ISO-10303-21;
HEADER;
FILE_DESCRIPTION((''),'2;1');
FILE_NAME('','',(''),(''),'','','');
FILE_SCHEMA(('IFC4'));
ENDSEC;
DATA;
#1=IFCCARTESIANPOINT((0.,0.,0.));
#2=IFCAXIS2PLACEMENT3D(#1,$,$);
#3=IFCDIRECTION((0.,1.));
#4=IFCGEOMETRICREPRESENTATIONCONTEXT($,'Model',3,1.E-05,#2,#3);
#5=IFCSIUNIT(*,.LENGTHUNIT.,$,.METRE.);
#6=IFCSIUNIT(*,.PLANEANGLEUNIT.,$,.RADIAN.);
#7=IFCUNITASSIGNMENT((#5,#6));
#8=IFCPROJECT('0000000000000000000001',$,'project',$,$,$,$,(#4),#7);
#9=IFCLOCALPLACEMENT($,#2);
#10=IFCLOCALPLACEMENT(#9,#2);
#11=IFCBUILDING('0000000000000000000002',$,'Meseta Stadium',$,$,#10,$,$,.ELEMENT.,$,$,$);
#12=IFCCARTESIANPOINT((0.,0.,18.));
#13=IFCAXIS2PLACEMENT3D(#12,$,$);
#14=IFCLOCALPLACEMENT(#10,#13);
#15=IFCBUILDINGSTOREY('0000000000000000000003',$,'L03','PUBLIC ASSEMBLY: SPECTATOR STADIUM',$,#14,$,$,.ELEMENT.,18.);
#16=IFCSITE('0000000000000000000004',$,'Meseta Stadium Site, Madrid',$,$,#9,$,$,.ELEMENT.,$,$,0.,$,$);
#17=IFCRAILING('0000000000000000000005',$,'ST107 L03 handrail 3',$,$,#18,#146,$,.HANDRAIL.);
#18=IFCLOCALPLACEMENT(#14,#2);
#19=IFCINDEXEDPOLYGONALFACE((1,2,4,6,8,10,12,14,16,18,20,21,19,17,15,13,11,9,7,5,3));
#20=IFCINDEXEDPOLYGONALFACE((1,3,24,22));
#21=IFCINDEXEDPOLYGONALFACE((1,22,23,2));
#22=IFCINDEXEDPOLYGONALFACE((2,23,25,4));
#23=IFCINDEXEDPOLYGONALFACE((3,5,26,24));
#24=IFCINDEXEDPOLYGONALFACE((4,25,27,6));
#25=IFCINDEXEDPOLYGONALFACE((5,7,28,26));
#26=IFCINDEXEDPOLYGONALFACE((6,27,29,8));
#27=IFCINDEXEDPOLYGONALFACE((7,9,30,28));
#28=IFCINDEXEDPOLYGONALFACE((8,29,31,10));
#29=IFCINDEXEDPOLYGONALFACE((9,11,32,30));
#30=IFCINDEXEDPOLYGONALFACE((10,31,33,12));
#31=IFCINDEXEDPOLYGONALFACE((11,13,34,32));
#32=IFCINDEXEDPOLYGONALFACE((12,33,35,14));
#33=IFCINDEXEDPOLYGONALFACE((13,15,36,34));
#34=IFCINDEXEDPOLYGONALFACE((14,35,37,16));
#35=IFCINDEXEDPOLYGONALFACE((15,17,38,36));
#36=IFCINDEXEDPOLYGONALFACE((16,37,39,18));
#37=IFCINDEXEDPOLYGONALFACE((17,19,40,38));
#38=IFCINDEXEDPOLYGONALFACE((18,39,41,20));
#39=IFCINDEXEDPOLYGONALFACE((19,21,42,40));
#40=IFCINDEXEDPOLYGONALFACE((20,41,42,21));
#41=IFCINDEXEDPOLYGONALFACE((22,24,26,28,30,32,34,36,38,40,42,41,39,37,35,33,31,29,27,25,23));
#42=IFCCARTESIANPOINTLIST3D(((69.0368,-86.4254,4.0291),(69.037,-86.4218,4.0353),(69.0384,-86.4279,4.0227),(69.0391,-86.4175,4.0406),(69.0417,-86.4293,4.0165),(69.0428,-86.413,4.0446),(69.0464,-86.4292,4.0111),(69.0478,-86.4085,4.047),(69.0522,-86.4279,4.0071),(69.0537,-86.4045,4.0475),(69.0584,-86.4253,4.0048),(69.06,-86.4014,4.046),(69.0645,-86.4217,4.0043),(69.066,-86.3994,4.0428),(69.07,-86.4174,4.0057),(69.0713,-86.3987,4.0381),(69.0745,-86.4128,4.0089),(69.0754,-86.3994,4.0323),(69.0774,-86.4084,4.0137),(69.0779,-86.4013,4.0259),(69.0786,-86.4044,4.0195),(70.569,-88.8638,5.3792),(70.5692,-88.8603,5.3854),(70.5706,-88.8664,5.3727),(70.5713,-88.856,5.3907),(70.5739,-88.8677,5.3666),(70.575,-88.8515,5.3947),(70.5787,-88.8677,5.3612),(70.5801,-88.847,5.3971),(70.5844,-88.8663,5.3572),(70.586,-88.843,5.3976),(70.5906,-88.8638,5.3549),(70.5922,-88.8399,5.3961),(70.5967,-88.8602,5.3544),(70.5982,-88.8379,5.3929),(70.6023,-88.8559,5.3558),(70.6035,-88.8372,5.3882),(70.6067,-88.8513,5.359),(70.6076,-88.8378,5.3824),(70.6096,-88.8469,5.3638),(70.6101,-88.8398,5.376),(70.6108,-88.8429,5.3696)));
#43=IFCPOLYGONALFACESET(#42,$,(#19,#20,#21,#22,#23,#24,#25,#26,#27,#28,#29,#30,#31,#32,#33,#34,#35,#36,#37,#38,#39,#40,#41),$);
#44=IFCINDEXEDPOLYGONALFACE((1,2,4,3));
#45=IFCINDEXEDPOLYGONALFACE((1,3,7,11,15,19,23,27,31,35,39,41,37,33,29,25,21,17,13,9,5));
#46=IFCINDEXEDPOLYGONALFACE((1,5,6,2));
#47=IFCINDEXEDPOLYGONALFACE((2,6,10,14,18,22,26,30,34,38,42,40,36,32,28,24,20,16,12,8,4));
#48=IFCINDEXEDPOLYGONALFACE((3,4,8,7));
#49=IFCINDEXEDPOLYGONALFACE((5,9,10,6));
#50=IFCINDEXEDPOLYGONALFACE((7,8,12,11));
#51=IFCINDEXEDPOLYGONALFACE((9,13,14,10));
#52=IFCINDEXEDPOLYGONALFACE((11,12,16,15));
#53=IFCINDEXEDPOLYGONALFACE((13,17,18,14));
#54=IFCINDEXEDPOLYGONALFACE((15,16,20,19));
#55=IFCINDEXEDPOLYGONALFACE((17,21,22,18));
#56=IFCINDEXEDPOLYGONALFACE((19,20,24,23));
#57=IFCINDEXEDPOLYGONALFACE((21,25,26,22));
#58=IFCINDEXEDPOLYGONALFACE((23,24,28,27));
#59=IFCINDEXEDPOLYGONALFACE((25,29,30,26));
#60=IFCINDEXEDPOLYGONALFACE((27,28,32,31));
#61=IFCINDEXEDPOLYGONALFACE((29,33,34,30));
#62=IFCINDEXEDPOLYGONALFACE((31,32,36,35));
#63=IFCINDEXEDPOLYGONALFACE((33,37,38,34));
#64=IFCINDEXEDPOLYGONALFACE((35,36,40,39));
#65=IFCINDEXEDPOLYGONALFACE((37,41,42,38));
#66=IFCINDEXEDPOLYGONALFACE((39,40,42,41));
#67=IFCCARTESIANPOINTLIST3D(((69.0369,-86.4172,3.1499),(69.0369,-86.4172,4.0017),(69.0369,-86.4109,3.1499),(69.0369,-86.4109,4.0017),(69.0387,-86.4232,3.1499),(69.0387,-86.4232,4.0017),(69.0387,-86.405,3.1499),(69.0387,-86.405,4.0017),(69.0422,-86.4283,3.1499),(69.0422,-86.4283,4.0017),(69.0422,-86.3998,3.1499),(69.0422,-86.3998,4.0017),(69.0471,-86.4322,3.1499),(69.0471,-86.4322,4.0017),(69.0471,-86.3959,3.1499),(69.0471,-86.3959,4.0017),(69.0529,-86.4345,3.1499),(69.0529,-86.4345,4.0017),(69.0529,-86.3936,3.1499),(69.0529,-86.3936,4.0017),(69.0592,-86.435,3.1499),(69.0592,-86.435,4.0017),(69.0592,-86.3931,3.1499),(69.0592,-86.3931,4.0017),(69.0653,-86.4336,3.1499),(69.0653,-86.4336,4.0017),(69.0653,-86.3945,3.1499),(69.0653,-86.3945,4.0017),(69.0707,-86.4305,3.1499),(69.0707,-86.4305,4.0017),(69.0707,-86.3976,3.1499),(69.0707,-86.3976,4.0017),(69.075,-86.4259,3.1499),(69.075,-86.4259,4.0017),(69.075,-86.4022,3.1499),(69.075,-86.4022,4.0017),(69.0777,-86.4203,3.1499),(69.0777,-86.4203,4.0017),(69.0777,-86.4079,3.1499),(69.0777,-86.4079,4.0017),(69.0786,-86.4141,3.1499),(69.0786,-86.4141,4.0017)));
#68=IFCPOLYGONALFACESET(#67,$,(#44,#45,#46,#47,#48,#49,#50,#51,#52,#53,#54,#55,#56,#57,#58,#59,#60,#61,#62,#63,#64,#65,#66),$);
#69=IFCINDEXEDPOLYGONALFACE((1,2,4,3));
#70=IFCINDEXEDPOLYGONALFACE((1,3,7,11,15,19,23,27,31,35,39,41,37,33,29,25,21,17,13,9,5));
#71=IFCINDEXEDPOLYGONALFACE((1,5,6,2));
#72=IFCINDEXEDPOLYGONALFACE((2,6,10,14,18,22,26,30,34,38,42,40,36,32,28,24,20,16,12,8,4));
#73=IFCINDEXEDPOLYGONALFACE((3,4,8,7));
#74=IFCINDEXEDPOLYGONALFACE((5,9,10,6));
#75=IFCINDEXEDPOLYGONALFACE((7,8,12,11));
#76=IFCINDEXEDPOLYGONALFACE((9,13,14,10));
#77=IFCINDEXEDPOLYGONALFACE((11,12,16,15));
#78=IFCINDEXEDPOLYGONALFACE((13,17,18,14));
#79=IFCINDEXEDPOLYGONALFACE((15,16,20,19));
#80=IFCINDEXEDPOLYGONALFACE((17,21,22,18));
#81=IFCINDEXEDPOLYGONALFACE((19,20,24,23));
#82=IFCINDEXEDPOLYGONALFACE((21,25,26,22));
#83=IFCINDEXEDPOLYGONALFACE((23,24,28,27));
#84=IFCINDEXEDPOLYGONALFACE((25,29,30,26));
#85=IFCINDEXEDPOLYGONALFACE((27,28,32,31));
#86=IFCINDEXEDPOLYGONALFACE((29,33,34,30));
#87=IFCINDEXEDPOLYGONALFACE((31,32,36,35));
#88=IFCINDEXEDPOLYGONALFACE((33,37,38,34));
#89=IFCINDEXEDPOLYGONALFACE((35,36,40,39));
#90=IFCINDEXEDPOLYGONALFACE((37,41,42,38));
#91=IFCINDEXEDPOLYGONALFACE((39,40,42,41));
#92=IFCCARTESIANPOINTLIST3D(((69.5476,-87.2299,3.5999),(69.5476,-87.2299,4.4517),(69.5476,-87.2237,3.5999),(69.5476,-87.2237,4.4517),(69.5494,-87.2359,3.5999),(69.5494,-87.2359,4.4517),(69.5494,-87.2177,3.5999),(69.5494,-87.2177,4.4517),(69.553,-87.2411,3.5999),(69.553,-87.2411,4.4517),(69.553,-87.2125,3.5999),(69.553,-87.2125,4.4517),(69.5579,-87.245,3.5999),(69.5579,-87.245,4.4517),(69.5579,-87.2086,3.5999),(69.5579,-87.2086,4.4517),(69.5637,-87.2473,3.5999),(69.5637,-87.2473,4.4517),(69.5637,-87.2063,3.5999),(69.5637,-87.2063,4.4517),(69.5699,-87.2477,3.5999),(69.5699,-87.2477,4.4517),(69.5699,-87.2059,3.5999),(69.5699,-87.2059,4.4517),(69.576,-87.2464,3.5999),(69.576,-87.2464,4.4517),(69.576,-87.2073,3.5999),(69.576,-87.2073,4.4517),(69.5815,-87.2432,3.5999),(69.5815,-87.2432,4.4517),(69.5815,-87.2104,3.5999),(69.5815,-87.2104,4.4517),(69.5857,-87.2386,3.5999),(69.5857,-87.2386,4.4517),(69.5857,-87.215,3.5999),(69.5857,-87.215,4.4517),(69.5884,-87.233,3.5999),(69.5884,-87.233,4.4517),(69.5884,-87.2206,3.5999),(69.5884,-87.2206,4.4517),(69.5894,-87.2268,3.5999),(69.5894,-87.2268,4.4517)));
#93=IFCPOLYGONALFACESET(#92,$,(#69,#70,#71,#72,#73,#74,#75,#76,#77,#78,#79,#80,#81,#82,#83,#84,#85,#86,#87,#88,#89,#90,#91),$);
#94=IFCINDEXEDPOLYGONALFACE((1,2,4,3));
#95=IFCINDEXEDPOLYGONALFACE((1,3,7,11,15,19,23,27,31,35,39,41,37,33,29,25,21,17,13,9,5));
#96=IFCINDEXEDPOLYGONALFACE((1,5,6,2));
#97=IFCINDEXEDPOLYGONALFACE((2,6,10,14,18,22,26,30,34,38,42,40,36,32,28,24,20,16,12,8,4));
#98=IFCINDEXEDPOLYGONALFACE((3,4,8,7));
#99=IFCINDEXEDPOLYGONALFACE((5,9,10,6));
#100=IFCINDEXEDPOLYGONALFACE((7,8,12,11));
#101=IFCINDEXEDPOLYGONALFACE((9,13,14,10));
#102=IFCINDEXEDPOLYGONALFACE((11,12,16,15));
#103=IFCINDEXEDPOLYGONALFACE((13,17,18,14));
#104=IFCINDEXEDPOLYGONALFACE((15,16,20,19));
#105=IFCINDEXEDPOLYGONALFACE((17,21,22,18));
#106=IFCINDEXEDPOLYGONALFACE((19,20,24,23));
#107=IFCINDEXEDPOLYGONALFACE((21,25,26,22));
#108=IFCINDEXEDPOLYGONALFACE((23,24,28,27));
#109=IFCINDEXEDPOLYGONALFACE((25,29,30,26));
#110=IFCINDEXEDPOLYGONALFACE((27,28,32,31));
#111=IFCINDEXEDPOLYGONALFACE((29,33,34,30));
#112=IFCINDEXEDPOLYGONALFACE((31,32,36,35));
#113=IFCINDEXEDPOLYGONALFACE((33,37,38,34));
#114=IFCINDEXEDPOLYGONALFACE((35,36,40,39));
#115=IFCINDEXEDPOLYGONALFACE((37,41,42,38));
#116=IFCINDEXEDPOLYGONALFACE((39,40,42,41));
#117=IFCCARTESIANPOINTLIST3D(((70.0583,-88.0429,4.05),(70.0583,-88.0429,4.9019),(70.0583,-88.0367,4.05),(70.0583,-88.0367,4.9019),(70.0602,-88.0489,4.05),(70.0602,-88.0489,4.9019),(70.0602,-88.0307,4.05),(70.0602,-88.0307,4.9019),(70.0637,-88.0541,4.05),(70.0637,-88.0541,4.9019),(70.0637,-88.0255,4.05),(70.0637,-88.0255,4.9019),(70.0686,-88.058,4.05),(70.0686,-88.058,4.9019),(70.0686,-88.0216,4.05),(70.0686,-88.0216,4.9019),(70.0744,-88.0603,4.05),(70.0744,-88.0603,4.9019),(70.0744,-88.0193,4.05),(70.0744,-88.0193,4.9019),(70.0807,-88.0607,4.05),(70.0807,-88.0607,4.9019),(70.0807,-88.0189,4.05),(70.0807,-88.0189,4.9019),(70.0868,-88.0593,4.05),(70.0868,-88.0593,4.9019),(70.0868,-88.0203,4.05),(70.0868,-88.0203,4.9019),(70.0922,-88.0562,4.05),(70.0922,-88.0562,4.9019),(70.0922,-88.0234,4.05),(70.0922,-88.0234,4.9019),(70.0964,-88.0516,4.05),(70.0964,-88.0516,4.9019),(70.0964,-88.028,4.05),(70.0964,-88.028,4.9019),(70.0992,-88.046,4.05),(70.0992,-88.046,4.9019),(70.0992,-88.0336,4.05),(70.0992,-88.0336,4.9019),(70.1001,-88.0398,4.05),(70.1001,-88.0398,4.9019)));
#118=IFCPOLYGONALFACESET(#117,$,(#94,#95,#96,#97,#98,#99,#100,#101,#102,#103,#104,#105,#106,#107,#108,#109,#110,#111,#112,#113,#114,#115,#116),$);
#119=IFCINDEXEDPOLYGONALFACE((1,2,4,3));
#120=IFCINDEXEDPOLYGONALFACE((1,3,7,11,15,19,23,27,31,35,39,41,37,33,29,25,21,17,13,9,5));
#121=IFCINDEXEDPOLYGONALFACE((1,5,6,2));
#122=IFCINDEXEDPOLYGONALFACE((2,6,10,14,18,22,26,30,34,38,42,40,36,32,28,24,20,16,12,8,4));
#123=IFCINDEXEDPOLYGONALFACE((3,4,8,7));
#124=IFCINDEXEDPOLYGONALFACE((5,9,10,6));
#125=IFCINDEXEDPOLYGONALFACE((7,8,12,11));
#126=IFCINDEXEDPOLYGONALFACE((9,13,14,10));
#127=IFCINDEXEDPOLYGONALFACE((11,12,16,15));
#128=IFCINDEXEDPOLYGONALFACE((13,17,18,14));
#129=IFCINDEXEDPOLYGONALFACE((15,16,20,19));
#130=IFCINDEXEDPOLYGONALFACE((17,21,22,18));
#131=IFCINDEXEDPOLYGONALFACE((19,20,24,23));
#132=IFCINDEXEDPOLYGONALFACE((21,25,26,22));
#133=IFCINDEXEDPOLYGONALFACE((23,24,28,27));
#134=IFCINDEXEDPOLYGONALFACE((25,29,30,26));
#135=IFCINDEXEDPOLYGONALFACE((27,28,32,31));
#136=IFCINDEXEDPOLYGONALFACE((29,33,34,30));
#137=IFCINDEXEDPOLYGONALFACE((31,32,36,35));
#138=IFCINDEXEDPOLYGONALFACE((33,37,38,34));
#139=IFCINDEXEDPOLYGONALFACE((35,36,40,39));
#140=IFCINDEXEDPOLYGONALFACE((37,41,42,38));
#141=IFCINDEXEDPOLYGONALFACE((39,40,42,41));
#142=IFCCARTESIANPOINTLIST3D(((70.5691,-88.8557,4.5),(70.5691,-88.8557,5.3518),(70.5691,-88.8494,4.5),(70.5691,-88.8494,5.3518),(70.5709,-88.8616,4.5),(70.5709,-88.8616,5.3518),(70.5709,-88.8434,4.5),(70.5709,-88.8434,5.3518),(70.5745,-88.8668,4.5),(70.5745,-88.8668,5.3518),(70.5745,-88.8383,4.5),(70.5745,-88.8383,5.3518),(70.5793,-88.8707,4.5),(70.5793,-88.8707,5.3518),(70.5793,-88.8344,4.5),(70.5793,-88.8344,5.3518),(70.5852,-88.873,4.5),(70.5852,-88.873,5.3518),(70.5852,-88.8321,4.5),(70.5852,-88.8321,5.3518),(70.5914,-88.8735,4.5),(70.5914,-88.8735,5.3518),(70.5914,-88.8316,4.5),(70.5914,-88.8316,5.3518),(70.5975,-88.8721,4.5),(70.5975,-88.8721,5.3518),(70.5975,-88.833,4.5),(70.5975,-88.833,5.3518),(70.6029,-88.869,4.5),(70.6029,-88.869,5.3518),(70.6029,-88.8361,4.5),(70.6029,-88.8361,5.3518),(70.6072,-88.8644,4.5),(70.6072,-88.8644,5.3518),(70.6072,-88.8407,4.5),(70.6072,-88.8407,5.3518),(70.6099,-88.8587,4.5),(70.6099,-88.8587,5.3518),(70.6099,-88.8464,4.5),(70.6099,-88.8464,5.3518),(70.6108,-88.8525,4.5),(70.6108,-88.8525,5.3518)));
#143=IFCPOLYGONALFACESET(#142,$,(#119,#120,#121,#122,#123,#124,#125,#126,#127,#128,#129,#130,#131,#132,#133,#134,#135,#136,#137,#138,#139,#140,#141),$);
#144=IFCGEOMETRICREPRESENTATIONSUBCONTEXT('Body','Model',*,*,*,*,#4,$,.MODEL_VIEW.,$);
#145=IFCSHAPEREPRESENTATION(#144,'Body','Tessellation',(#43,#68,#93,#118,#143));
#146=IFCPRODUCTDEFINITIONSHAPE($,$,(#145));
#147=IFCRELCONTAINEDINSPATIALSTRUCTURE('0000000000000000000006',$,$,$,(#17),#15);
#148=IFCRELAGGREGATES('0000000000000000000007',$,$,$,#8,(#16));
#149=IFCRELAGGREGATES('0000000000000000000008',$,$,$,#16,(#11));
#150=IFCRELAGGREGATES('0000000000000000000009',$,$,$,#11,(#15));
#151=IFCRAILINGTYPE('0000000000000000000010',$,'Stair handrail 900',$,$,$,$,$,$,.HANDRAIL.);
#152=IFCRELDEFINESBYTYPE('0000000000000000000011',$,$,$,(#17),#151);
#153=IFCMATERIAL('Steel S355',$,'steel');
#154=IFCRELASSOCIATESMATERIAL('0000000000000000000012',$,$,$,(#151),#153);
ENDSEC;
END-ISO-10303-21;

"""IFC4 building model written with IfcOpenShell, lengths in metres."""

from ifc_helpers import new_model, si_unit, direction, frame, origin, origin_2d, place, context, subcontext, project, spatial, circle, extrude, material, type_object, element, save


model = new_model("IFC4")

# Units and contexts
model_context = context("Model", 3, precision=1e-05, world=origin(), true_north=direction((0.0, 1.0)))
body_context = subcontext(model_context, "Body", "Model", "MODEL_VIEW")
ifc_project = project(units=[si_unit("LENGTHUNIT", "METRE"), si_unit("PLANEANGLEUNIT", "RADIAN")], contexts=[model_context])

# Site, building, storey
site_placement = place(None, origin())
site = spatial("IfcSite", under=ifc_project, at=site_placement, Name="Meseta Stadium Site, Madrid", CompositionType="ELEMENT", RefElevation=0.0)
building_placement = place(site_placement, origin())
building = spatial("IfcBuilding", under=site, at=building_placement, Name="Meseta Stadium", CompositionType="ELEMENT")
storey_placement = place(building_placement, frame((0.0, 0.0, 18.0)))
storey = spatial("IfcBuildingStorey", under=building, at=storey_placement, Name="L03", Description="PUBLIC ASSEMBLY: SPECTATOR STADIUM", CompositionType="ELEMENT", Elevation=18.0)

# Railing
ifc_material_1 = material(Name="Steel S355", Category="steel")
railing_type_1 = type_object("IfcRailingType", Name="Stair handrail 900", PredefinedType="HANDRAIL", material=ifc_material_1)
railing_1_placement = place(storey_placement, frame((69.0576, -86.4141, 3.1499)))
element("IfcRailing", 1, at=railing_1_placement, inside=storey, type_object=railing_type_1, Name="ST107 L03 handrail 3", PredefinedType="HANDRAIL", context=body_context, shape_type="SweptSolid", body=[
    extrude(circle(Radius=0.0239, at=origin_2d()), frame((0.0, 0.0, 0.876), z_axis=(0.481731, -0.766655, 0.42447), x_axis=(0.846719, 0.53204, 0.0)), (0.0, 0.0, 1.0), 3.1807),
    extrude(circle(Radius=0.021, at=origin_2d()), origin(), (0.0, 0.0, 1.0), 0.8518),
    extrude(circle(Radius=0.021, at=origin_2d()), frame((0.5107, -0.8127, 0.45)), (0.0, 0.0, 1.0), 0.8518),
    extrude(circle(Radius=0.021, at=origin_2d()), frame((1.0215, -1.6257, 0.9001)), (0.0, 0.0, 1.0), 0.8518),
    extrude(circle(Radius=0.021, at=origin_2d()), frame((1.5322, -2.4385, 1.3501)), (0.0, 0.0, 1.0), 0.8518),
])

save(model, "model.ifc")
